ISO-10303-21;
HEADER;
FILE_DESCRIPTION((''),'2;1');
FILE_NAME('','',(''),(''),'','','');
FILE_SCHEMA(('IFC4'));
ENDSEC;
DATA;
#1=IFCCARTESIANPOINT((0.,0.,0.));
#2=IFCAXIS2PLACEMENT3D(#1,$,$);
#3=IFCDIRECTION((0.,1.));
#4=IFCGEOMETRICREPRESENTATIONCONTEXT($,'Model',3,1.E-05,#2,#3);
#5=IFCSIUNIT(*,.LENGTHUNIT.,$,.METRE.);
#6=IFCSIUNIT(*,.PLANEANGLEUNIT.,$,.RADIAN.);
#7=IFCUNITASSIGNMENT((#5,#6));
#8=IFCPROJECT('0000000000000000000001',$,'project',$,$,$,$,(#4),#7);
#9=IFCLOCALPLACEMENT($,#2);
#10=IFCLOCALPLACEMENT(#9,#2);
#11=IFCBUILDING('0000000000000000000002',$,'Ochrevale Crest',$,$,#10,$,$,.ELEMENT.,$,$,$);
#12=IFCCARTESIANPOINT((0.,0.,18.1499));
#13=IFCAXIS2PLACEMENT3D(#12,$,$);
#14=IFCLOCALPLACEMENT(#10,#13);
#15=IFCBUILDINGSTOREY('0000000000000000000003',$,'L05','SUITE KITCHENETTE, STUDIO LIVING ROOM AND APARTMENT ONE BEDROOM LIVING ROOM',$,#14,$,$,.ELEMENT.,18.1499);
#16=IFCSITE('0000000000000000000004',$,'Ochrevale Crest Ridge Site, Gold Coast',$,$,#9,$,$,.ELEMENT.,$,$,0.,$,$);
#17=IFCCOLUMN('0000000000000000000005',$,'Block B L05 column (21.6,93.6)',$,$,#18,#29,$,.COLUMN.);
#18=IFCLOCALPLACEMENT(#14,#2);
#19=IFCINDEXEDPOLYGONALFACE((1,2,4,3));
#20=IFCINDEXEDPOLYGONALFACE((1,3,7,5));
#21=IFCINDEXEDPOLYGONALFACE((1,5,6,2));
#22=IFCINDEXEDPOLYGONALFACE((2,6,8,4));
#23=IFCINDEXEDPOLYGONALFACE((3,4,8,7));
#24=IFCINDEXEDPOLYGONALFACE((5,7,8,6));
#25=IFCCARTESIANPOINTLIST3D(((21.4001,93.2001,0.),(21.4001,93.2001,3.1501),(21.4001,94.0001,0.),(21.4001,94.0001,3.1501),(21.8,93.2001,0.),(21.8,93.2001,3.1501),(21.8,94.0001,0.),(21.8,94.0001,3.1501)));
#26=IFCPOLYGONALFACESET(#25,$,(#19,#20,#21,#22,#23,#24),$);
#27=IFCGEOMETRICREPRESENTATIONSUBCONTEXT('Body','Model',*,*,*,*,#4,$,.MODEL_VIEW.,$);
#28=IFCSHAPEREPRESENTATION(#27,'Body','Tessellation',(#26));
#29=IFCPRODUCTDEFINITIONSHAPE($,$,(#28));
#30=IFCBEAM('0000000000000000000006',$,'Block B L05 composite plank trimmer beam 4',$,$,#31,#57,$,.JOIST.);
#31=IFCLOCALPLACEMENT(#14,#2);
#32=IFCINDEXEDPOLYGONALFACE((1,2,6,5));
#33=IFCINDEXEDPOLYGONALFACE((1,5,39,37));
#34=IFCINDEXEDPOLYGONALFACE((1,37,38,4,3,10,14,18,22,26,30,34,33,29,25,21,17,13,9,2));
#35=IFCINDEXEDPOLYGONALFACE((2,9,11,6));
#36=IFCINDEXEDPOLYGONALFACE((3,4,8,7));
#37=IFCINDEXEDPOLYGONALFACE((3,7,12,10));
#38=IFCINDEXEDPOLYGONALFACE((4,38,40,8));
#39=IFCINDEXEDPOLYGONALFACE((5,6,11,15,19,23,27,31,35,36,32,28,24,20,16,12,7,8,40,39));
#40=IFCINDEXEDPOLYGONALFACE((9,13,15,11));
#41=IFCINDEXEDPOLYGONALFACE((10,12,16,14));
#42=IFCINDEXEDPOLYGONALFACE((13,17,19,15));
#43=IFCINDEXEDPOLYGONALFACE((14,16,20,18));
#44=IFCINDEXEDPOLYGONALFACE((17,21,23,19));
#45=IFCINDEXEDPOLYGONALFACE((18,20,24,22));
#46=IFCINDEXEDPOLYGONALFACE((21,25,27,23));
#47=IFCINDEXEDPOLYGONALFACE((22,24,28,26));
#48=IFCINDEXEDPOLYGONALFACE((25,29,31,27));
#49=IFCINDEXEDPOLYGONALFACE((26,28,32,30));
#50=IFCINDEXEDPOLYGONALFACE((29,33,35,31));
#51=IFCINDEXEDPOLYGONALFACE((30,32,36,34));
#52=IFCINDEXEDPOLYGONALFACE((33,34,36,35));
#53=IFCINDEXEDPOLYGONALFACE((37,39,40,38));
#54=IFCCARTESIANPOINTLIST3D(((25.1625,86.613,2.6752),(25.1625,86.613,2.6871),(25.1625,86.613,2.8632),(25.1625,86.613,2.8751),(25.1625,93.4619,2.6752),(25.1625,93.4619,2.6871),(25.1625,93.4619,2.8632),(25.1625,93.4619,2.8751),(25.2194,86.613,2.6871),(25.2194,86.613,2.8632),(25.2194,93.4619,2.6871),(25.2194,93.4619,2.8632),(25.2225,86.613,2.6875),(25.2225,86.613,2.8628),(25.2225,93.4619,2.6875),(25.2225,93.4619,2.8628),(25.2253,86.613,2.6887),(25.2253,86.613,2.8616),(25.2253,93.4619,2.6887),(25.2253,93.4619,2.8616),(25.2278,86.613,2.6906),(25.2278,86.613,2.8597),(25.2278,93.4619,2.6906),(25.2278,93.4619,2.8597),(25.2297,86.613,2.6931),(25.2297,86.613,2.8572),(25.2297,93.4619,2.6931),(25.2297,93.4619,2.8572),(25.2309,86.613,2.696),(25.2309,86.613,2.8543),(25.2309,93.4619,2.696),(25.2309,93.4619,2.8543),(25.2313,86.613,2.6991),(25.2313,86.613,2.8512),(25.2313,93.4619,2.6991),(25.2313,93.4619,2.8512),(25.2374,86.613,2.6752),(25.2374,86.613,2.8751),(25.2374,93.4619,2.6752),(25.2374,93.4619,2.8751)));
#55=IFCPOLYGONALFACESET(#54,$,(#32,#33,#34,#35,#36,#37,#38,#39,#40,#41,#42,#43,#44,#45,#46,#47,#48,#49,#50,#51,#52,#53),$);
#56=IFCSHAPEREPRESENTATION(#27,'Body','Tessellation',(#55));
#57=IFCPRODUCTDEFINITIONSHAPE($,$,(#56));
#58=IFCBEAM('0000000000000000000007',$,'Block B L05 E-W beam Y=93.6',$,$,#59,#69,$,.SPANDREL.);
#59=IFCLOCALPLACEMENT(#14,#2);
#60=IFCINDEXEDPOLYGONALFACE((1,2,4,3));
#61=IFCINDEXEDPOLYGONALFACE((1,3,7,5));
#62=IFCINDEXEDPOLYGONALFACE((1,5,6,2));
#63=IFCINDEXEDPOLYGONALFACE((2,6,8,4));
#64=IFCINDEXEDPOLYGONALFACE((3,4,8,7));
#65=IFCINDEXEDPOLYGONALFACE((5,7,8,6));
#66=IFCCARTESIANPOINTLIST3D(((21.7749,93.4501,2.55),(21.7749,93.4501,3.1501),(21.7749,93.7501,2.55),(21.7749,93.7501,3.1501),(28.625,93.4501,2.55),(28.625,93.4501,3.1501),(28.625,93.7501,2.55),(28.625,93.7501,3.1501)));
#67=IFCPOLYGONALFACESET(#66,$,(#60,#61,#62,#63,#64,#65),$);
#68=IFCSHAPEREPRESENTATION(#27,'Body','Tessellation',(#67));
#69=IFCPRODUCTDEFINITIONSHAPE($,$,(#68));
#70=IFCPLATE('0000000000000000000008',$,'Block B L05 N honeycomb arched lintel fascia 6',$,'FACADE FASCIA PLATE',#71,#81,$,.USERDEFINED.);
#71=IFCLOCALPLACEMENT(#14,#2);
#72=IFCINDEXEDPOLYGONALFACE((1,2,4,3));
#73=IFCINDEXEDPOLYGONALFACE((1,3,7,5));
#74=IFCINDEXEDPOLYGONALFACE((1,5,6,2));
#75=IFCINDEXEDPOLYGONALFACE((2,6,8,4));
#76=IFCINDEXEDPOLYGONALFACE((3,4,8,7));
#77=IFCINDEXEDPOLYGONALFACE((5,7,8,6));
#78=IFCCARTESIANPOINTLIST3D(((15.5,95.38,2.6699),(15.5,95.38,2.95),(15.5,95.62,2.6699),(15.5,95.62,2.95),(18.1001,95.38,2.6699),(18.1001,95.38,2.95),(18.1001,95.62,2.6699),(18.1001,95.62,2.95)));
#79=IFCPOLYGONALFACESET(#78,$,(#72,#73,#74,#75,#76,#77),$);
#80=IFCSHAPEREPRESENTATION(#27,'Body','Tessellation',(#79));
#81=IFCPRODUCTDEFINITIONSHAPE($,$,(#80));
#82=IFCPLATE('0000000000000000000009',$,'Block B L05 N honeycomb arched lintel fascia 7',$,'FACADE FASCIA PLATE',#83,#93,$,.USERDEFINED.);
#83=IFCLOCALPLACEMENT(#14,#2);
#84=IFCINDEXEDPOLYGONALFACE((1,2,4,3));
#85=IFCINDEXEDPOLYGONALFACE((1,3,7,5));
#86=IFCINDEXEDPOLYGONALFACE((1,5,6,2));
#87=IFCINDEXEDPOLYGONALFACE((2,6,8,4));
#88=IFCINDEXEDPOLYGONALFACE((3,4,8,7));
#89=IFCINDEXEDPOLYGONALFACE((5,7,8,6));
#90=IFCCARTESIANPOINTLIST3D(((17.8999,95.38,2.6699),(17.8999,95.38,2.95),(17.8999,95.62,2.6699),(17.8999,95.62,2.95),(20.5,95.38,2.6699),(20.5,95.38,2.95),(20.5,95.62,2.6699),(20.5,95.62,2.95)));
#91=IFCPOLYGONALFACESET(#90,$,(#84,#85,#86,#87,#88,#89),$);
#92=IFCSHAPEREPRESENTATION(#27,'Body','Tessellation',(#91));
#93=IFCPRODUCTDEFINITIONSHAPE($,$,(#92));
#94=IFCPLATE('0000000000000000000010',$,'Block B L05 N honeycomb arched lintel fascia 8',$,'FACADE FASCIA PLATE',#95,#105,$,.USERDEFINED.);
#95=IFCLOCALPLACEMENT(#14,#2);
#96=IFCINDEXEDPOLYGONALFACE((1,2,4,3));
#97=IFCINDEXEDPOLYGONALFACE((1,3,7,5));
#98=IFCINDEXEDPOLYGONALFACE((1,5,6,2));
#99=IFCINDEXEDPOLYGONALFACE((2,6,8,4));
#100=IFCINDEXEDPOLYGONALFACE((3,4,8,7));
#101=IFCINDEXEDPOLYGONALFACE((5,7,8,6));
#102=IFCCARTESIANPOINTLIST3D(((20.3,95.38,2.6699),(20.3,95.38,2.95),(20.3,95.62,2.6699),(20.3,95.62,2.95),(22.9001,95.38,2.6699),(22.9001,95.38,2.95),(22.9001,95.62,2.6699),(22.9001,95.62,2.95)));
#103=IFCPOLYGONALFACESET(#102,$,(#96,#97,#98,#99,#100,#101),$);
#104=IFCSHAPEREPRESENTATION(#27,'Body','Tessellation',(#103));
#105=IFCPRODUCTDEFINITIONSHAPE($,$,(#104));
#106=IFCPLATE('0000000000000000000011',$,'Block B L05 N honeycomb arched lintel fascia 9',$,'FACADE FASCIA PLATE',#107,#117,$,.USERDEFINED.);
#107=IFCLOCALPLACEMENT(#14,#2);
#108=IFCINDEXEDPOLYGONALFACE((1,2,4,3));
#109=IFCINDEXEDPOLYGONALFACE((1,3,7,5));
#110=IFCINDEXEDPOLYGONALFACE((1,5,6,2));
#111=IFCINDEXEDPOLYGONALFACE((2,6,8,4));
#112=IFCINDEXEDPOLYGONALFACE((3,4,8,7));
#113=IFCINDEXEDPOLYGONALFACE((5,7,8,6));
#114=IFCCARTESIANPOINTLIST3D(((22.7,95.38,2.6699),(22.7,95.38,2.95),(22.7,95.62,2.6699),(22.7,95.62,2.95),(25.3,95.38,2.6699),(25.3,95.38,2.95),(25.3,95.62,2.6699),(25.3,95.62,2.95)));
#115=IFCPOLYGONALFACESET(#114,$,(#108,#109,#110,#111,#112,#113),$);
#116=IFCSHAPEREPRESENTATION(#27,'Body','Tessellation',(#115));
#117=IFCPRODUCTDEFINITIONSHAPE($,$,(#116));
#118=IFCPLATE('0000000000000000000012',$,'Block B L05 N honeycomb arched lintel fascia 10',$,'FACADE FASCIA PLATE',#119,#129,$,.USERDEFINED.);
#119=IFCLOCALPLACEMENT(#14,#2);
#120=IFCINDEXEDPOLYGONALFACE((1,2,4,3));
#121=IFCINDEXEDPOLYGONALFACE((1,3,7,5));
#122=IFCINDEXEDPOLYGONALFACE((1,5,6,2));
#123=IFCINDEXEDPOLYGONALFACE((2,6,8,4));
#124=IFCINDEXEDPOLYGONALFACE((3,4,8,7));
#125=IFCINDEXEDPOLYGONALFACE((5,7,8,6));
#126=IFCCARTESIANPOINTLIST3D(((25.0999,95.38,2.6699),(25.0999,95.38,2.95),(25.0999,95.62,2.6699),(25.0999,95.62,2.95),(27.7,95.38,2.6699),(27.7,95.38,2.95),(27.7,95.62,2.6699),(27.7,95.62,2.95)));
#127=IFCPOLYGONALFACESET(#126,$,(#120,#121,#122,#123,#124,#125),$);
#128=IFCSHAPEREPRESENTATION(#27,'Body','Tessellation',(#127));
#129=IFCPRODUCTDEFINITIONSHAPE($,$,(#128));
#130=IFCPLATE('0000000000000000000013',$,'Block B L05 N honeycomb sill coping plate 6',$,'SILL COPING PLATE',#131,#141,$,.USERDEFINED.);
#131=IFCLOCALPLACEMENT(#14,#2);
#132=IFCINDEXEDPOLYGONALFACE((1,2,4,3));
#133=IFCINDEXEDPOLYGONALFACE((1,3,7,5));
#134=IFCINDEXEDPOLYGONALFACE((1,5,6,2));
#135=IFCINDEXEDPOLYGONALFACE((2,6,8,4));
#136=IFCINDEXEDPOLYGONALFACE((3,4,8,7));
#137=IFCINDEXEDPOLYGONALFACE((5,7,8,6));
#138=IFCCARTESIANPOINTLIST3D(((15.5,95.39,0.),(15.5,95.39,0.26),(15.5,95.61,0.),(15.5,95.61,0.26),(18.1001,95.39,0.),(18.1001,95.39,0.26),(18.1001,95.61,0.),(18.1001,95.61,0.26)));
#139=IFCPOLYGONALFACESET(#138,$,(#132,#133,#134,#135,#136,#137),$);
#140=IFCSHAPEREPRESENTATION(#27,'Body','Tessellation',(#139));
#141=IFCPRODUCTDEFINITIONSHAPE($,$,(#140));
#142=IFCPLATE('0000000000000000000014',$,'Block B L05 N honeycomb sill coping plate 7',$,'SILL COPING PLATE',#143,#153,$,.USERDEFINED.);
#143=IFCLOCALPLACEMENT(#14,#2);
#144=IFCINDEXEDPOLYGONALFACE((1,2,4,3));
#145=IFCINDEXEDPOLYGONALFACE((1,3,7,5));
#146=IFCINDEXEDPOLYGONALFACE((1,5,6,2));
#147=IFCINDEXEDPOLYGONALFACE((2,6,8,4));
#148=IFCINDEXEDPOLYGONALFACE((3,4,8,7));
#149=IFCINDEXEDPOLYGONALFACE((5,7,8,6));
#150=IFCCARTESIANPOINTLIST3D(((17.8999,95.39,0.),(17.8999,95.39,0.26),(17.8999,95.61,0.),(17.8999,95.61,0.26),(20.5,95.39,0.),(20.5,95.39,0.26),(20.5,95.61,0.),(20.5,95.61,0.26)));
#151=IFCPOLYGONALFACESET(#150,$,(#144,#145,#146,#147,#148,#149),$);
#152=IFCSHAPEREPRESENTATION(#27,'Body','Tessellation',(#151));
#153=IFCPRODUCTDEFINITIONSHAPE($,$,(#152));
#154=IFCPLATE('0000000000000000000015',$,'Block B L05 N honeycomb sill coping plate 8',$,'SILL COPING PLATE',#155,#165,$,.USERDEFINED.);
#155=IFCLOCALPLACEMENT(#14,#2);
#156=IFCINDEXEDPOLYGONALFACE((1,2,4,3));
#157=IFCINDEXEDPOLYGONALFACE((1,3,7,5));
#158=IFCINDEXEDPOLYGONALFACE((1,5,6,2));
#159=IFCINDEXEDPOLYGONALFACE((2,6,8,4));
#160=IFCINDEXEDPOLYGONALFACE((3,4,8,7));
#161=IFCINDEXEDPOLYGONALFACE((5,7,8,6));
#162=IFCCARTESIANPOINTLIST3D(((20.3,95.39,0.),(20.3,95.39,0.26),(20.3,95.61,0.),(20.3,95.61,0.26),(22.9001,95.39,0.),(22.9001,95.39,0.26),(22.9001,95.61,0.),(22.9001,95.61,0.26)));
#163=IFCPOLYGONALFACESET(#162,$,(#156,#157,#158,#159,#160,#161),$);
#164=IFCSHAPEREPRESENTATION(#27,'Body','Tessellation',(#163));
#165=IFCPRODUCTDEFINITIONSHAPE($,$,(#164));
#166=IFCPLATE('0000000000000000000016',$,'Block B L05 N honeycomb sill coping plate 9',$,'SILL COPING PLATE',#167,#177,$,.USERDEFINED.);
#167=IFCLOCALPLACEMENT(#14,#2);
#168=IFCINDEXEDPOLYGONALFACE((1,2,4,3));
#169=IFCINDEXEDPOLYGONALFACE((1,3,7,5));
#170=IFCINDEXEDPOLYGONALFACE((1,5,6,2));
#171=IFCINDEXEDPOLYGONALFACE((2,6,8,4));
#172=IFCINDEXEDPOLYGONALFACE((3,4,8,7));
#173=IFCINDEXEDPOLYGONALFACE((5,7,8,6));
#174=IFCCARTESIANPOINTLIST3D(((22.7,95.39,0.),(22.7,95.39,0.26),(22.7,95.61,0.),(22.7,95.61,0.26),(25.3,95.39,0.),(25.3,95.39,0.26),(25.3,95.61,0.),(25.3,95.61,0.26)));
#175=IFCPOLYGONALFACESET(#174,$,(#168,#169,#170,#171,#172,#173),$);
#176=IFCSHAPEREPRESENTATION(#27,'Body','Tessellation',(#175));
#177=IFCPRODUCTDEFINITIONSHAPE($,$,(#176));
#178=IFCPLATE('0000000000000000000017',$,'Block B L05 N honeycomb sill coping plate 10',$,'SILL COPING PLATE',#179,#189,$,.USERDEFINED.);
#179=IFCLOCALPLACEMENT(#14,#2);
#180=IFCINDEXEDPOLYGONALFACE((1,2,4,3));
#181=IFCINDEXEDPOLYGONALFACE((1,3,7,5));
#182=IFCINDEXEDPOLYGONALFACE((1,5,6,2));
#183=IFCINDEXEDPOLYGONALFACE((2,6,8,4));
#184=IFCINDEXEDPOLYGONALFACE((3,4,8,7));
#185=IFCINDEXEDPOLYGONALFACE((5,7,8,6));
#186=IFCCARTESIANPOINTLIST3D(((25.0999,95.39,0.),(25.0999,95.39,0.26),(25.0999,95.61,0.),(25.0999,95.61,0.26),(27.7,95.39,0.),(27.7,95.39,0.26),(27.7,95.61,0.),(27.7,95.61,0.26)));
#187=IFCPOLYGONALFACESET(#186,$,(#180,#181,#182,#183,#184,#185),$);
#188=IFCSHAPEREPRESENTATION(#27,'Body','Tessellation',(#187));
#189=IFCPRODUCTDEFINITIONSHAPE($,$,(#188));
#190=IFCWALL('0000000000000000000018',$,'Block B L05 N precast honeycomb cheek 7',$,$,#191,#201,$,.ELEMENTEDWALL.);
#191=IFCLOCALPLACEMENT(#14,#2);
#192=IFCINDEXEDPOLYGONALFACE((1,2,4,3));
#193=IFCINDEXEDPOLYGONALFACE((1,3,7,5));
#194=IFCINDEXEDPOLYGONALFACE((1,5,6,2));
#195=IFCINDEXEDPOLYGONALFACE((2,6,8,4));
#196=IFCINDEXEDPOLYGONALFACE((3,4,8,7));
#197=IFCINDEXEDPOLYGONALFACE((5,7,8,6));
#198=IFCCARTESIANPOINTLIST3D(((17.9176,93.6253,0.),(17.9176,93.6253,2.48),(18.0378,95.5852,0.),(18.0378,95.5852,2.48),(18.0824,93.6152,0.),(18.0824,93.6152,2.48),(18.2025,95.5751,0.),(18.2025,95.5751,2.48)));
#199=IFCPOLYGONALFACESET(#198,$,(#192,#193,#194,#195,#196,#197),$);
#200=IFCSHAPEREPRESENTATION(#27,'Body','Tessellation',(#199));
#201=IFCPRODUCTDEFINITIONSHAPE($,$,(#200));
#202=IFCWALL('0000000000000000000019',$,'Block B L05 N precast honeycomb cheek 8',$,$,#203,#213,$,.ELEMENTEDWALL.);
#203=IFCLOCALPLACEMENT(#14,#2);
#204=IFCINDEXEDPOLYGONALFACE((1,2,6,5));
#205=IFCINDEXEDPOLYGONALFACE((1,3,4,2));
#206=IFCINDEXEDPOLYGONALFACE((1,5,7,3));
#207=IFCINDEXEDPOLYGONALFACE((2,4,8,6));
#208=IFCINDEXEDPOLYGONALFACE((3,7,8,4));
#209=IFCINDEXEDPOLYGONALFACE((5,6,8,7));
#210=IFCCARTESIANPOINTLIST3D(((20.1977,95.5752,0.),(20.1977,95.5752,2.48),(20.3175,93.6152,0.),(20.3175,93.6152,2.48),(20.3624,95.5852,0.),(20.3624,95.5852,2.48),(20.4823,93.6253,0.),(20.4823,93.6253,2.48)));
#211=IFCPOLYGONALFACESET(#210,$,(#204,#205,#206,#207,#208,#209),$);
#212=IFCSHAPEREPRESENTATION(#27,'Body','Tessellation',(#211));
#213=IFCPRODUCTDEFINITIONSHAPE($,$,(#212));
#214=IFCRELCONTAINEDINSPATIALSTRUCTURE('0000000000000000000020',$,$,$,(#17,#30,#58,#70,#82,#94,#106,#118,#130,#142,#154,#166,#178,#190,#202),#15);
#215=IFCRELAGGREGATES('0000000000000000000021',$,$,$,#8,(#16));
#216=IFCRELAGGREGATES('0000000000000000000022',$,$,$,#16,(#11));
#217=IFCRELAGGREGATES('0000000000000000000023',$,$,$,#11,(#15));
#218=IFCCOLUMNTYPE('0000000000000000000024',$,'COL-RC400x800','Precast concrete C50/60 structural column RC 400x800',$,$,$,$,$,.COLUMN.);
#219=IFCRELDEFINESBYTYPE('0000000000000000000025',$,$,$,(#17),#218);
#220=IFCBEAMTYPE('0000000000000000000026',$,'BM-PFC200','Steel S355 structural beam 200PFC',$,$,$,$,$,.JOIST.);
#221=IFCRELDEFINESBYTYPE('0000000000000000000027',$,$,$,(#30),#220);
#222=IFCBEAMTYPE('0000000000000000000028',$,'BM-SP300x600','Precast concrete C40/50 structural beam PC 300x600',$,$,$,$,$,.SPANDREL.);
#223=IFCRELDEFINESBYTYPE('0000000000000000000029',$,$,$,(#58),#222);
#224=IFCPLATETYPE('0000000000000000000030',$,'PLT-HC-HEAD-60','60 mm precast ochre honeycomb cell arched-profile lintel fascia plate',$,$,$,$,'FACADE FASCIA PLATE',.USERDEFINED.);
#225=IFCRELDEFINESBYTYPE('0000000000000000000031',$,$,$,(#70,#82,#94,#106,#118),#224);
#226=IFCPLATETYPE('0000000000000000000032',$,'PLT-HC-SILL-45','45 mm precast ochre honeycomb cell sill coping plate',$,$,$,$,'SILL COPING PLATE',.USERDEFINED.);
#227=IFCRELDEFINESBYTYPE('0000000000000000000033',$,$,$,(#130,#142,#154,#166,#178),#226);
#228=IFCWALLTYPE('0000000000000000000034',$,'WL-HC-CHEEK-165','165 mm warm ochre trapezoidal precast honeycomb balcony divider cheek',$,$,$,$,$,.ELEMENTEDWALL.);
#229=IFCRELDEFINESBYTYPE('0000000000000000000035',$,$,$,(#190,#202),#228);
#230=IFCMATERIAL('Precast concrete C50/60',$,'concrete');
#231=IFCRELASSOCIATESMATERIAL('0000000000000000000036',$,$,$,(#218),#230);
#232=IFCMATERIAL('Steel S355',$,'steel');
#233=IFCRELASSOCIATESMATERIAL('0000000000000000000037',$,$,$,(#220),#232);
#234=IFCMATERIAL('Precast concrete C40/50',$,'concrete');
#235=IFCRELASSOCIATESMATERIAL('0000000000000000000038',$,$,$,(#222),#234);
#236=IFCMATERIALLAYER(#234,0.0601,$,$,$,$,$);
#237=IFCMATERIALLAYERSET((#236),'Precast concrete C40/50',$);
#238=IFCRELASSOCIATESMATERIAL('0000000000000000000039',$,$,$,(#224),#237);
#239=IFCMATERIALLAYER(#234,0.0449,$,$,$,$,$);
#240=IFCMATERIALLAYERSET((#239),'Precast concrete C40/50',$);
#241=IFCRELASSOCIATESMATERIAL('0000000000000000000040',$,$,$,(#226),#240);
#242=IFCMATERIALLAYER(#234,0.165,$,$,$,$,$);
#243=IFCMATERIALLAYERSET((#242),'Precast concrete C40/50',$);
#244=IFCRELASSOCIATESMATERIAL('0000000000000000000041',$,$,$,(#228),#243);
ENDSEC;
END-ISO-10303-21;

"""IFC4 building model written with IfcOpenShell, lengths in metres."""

from ifc_helpers import new_model, si_unit, direction, frame, frame_2d, origin, origin_2d, place, context, subcontext, project, spatial, rectangle, u_section, extrude, material, layer, layer_set, material_profile, profile_set, type_object, element, save


model = new_model("IFC4")

# Units and contexts
model_context = context("Model", 3, precision=1e-05, world=origin(), true_north=direction((0.0, 1.0)))
body_context = subcontext(model_context, "Body", "Model", "MODEL_VIEW")
ifc_project = project(units=[si_unit("LENGTHUNIT", "METRE"), si_unit("PLANEANGLEUNIT", "RADIAN")], contexts=[model_context])

# Site, building, storey
site_placement = place(None, origin())
site = spatial("IfcSite", under=ifc_project, at=site_placement, Name="Ochrevale Crest Ridge Site, Gold Coast", CompositionType="ELEMENT", RefElevation=0.0)
building_placement = place(site_placement, origin())
building = spatial("IfcBuilding", under=site, at=building_placement, Name="Ochrevale Crest", CompositionType="ELEMENT")
storey_placement = place(building_placement, frame((0.0, 0.0, 18.1499)))
storey = spatial("IfcBuildingStorey", under=building, at=storey_placement, Name="L05", Description="SUITE KITCHENETTE, STUDIO LIVING ROOM AND APARTMENT ONE BEDROOM LIVING ROOM", CompositionType="ELEMENT", Elevation=18.1499)

# Column
ifc_material_1 = material(Name="Precast concrete C50/60", Category="concrete")
ifc_material_profile_1 = material_profile(ifc_material_1, rectangle(XDim=0.3999, YDim=0.8, at=origin_2d()), Name="RC 400x800")
ifc_profile_set_1 = profile_set([ifc_material_profile_1], Name="Precast concrete C50/60")
column_type = type_object("IfcColumnType", Name="COL-RC400x800", Description="Precast concrete C50/60 structural column RC 400x800", PredefinedType="COLUMN", material=ifc_profile_set_1)
column_placement = place(storey_placement, frame((21.6001, 93.6001, 0.0), z_axis=(0.0, 0.0, 1.0), x_axis=(1.0, 0.0, 0.0)))
element("IfcColumn", 1, at=column_placement, inside=storey, type_object=column_type, Name="Block B L05 column (21.6,93.6)", PredefinedType="COLUMN", context=body_context, shape_type="SweptSolid", body=[
    extrude(rectangle(XDim=0.3999, YDim=0.8, at=origin_2d()), origin(), (0.0, 0.0, 1.0), 3.1501),
])

# Beams
ifc_material_2 = material(Name="Steel S355", Category="steel")
ifc_material_profile_2 = material_profile(ifc_material_2, u_section(Depth=0.2, FlangeWidth=0.075, WebThickness=0.0061, FlangeThickness=0.012, FilletRadius=0.012, at=origin_2d()), Name="200PFC")
ifc_profile_set_2 = profile_set([ifc_material_profile_2], Name="Steel S355")
beam_type_1 = type_object("IfcBeamType", Name="BM-PFC200", Description="Steel S355 structural beam 200PFC", PredefinedType="JOIST", material=ifc_profile_set_2)
beam_1_placement = place(storey_placement, frame((25.2, 86.613, 2.7751), z_axis=(0.0, 1.0, 0.0), x_axis=(-1.0, 0.0, 0.0)))
element("IfcBeam", 2, at=beam_1_placement, inside=storey, type_object=beam_type_1, Name="Block B L05 composite plank trimmer beam 4", PredefinedType="JOIST", context=body_context, shape_type="SweptSolid", body=[
    extrude(u_section(Depth=0.2, FlangeWidth=0.075, WebThickness=0.0061, FlangeThickness=0.012, FilletRadius=0.012, at=origin_2d()), origin(), (0.0, 0.0, 1.0), 6.8489),
])
ifc_material_3 = material(Name="Precast concrete C40/50", Category="concrete")
ifc_material_profile_3 = material_profile(ifc_material_3, rectangle(XDim=0.3, YDim=0.6001, at=origin_2d()), Name="PC 300x600")
ifc_profile_set_3 = profile_set([ifc_material_profile_3], Name="Precast concrete C40/50")
beam_type_2 = type_object("IfcBeamType", Name="BM-SP300x600", Description="Precast concrete C40/50 structural beam PC 300x600", PredefinedType="SPANDREL", material=ifc_profile_set_3)
beam_2_placement = place(storey_placement, frame((21.7749, 93.6001, 2.8501), z_axis=(1.0, 0.0, 0.0), x_axis=(0.0, 1.0, 0.0)))
element("IfcBeam", 3, at=beam_2_placement, inside=storey, type_object=beam_type_2, Name="Block B L05 E-W beam Y=93.6", PredefinedType="SPANDREL", context=body_context, shape_type="SweptSolid", body=[
    extrude(rectangle(XDim=0.3, YDim=0.6001, at=origin_2d()), origin(), (0.0, 0.0, 1.0), 6.8501),
])

# Plates
ifc_layer_1 = layer(ifc_material_3, 0.0601)
ifc_layer_set_1 = layer_set([ifc_layer_1], Name="Precast concrete C40/50")
plate_type_1 = type_object("IfcPlateType", Name="PLT-HC-HEAD-60", Description="60 mm precast ochre honeycomb cell arched-profile lintel fascia plate", ElementType="FACADE FASCIA PLATE", PredefinedType="USERDEFINED", material=ifc_layer_set_1)
for number, where, z_axis, x_axis, name in (
    (4, (16.8, 95.5, 2.6699), (0.0, 0.0, 1.0), (1.0, 0.0, 0.0), "Block B L05 N honeycomb arched lintel fascia 6"),
    (5, (19.2, 95.5, 2.6699), (0.0, 0.0, 1.0), (1.0, 0.0, 0.0), "Block B L05 N honeycomb arched lintel fascia 7"),
    (6, (21.6001, 95.5, 2.6699), (0.0, 0.0, 1.0), (1.0, 0.0, 0.0), "Block B L05 N honeycomb arched lintel fascia 8"),
    (7, (24.0, 95.5, 2.6699), (0.0, 0.0, 1.0), (1.0, 0.0, 0.0), "Block B L05 N honeycomb arched lintel fascia 9"),
    (8, (26.3999, 95.5, 2.6699), (0.0, 0.0, 1.0), (1.0, 0.0, 0.0), "Block B L05 N honeycomb arched lintel fascia 10"),
):
    element("IfcPlate", number, at=place(storey_placement, frame(where, z_axis=z_axis, x_axis=x_axis)), inside=storey, type_object=plate_type_1, Name=name, ObjectType="FACADE FASCIA PLATE", PredefinedType="USERDEFINED", context=body_context, shape_type="SweptSolid", body=[
        extrude(rectangle(XDim=2.6001, YDim=0.24, at=origin_2d()), origin(), (0.0, 0.0, 1.0), 0.28),
    ])
ifc_layer_2 = layer(ifc_material_3, 0.0449)
ifc_layer_set_2 = layer_set([ifc_layer_2], Name="Precast concrete C40/50")
plate_type_2 = type_object("IfcPlateType", Name="PLT-HC-SILL-45", Description="45 mm precast ochre honeycomb cell sill coping plate", ElementType="SILL COPING PLATE", PredefinedType="USERDEFINED", material=ifc_layer_set_2)
for number, where, z_axis, x_axis, name in (
    (9, (16.8, 95.5, 0.0), (0.0, 0.0, 1.0), (1.0, 0.0, 0.0), "Block B L05 N honeycomb sill coping plate 6"),
    (10, (19.2, 95.5, 0.0), (0.0, 0.0, 1.0), (1.0, 0.0, 0.0), "Block B L05 N honeycomb sill coping plate 7"),
    (11, (21.6001, 95.5, 0.0), (0.0, 0.0, 1.0), (1.0, 0.0, 0.0), "Block B L05 N honeycomb sill coping plate 8"),
    (12, (24.0, 95.5, 0.0), (0.0, 0.0, 1.0), (1.0, 0.0, 0.0), "Block B L05 N honeycomb sill coping plate 9"),
    (13, (26.3999, 95.5, 0.0), (0.0, 0.0, 1.0), (1.0, 0.0, 0.0), "Block B L05 N honeycomb sill coping plate 10"),
):
    element("IfcPlate", number, at=place(storey_placement, frame(where, z_axis=z_axis, x_axis=x_axis)), inside=storey, type_object=plate_type_2, Name=name, ObjectType="SILL COPING PLATE", PredefinedType="USERDEFINED", context=body_context, shape_type="SweptSolid", body=[
        extrude(rectangle(XDim=2.6001, YDim=0.22, at=origin_2d()), origin(), (0.0, 0.0, 1.0), 0.26),
    ])

# Walls
ifc_layer_3 = layer(ifc_material_3, 0.165)
ifc_layer_set_3 = layer_set([ifc_layer_3], Name="Precast concrete C40/50")
wall_type_1 = type_object("IfcWallType", Name="WL-HC-CHEEK-165", Description="165 mm warm ochre trapezoidal precast honeycomb balcony divider cheek", PredefinedType="ELEMENTEDWALL", material=ifc_layer_set_3)
for number, where, z_axis, x_axis, name in (
    (14, (18.0, 93.6201, 0.0), (0.0, 0.0, 1.0), (0.061171, 0.998127, 0.0), "Block B L05 N precast honeycomb cheek 7"),
    (15, (20.3999, 93.6201, 0.0), (0.0, 0.0, 1.0), (-0.061047, 0.998135, 0.0), "Block B L05 N precast honeycomb cheek 8"),
):
    element("IfcWall", number, at=place(storey_placement, frame(where, z_axis=z_axis, x_axis=x_axis)), inside=storey, type_object=wall_type_1, Name=name, PredefinedType="ELEMENTEDWALL", context=body_context, shape_type="SweptSolid", body=[
        extrude(rectangle(XDim=1.9636, YDim=0.165, at=frame_2d((0.9819, 0.0))), origin(), (0.0, 0.0, 1.0), 2.48),
    ])

save(model, "model.ifc")
